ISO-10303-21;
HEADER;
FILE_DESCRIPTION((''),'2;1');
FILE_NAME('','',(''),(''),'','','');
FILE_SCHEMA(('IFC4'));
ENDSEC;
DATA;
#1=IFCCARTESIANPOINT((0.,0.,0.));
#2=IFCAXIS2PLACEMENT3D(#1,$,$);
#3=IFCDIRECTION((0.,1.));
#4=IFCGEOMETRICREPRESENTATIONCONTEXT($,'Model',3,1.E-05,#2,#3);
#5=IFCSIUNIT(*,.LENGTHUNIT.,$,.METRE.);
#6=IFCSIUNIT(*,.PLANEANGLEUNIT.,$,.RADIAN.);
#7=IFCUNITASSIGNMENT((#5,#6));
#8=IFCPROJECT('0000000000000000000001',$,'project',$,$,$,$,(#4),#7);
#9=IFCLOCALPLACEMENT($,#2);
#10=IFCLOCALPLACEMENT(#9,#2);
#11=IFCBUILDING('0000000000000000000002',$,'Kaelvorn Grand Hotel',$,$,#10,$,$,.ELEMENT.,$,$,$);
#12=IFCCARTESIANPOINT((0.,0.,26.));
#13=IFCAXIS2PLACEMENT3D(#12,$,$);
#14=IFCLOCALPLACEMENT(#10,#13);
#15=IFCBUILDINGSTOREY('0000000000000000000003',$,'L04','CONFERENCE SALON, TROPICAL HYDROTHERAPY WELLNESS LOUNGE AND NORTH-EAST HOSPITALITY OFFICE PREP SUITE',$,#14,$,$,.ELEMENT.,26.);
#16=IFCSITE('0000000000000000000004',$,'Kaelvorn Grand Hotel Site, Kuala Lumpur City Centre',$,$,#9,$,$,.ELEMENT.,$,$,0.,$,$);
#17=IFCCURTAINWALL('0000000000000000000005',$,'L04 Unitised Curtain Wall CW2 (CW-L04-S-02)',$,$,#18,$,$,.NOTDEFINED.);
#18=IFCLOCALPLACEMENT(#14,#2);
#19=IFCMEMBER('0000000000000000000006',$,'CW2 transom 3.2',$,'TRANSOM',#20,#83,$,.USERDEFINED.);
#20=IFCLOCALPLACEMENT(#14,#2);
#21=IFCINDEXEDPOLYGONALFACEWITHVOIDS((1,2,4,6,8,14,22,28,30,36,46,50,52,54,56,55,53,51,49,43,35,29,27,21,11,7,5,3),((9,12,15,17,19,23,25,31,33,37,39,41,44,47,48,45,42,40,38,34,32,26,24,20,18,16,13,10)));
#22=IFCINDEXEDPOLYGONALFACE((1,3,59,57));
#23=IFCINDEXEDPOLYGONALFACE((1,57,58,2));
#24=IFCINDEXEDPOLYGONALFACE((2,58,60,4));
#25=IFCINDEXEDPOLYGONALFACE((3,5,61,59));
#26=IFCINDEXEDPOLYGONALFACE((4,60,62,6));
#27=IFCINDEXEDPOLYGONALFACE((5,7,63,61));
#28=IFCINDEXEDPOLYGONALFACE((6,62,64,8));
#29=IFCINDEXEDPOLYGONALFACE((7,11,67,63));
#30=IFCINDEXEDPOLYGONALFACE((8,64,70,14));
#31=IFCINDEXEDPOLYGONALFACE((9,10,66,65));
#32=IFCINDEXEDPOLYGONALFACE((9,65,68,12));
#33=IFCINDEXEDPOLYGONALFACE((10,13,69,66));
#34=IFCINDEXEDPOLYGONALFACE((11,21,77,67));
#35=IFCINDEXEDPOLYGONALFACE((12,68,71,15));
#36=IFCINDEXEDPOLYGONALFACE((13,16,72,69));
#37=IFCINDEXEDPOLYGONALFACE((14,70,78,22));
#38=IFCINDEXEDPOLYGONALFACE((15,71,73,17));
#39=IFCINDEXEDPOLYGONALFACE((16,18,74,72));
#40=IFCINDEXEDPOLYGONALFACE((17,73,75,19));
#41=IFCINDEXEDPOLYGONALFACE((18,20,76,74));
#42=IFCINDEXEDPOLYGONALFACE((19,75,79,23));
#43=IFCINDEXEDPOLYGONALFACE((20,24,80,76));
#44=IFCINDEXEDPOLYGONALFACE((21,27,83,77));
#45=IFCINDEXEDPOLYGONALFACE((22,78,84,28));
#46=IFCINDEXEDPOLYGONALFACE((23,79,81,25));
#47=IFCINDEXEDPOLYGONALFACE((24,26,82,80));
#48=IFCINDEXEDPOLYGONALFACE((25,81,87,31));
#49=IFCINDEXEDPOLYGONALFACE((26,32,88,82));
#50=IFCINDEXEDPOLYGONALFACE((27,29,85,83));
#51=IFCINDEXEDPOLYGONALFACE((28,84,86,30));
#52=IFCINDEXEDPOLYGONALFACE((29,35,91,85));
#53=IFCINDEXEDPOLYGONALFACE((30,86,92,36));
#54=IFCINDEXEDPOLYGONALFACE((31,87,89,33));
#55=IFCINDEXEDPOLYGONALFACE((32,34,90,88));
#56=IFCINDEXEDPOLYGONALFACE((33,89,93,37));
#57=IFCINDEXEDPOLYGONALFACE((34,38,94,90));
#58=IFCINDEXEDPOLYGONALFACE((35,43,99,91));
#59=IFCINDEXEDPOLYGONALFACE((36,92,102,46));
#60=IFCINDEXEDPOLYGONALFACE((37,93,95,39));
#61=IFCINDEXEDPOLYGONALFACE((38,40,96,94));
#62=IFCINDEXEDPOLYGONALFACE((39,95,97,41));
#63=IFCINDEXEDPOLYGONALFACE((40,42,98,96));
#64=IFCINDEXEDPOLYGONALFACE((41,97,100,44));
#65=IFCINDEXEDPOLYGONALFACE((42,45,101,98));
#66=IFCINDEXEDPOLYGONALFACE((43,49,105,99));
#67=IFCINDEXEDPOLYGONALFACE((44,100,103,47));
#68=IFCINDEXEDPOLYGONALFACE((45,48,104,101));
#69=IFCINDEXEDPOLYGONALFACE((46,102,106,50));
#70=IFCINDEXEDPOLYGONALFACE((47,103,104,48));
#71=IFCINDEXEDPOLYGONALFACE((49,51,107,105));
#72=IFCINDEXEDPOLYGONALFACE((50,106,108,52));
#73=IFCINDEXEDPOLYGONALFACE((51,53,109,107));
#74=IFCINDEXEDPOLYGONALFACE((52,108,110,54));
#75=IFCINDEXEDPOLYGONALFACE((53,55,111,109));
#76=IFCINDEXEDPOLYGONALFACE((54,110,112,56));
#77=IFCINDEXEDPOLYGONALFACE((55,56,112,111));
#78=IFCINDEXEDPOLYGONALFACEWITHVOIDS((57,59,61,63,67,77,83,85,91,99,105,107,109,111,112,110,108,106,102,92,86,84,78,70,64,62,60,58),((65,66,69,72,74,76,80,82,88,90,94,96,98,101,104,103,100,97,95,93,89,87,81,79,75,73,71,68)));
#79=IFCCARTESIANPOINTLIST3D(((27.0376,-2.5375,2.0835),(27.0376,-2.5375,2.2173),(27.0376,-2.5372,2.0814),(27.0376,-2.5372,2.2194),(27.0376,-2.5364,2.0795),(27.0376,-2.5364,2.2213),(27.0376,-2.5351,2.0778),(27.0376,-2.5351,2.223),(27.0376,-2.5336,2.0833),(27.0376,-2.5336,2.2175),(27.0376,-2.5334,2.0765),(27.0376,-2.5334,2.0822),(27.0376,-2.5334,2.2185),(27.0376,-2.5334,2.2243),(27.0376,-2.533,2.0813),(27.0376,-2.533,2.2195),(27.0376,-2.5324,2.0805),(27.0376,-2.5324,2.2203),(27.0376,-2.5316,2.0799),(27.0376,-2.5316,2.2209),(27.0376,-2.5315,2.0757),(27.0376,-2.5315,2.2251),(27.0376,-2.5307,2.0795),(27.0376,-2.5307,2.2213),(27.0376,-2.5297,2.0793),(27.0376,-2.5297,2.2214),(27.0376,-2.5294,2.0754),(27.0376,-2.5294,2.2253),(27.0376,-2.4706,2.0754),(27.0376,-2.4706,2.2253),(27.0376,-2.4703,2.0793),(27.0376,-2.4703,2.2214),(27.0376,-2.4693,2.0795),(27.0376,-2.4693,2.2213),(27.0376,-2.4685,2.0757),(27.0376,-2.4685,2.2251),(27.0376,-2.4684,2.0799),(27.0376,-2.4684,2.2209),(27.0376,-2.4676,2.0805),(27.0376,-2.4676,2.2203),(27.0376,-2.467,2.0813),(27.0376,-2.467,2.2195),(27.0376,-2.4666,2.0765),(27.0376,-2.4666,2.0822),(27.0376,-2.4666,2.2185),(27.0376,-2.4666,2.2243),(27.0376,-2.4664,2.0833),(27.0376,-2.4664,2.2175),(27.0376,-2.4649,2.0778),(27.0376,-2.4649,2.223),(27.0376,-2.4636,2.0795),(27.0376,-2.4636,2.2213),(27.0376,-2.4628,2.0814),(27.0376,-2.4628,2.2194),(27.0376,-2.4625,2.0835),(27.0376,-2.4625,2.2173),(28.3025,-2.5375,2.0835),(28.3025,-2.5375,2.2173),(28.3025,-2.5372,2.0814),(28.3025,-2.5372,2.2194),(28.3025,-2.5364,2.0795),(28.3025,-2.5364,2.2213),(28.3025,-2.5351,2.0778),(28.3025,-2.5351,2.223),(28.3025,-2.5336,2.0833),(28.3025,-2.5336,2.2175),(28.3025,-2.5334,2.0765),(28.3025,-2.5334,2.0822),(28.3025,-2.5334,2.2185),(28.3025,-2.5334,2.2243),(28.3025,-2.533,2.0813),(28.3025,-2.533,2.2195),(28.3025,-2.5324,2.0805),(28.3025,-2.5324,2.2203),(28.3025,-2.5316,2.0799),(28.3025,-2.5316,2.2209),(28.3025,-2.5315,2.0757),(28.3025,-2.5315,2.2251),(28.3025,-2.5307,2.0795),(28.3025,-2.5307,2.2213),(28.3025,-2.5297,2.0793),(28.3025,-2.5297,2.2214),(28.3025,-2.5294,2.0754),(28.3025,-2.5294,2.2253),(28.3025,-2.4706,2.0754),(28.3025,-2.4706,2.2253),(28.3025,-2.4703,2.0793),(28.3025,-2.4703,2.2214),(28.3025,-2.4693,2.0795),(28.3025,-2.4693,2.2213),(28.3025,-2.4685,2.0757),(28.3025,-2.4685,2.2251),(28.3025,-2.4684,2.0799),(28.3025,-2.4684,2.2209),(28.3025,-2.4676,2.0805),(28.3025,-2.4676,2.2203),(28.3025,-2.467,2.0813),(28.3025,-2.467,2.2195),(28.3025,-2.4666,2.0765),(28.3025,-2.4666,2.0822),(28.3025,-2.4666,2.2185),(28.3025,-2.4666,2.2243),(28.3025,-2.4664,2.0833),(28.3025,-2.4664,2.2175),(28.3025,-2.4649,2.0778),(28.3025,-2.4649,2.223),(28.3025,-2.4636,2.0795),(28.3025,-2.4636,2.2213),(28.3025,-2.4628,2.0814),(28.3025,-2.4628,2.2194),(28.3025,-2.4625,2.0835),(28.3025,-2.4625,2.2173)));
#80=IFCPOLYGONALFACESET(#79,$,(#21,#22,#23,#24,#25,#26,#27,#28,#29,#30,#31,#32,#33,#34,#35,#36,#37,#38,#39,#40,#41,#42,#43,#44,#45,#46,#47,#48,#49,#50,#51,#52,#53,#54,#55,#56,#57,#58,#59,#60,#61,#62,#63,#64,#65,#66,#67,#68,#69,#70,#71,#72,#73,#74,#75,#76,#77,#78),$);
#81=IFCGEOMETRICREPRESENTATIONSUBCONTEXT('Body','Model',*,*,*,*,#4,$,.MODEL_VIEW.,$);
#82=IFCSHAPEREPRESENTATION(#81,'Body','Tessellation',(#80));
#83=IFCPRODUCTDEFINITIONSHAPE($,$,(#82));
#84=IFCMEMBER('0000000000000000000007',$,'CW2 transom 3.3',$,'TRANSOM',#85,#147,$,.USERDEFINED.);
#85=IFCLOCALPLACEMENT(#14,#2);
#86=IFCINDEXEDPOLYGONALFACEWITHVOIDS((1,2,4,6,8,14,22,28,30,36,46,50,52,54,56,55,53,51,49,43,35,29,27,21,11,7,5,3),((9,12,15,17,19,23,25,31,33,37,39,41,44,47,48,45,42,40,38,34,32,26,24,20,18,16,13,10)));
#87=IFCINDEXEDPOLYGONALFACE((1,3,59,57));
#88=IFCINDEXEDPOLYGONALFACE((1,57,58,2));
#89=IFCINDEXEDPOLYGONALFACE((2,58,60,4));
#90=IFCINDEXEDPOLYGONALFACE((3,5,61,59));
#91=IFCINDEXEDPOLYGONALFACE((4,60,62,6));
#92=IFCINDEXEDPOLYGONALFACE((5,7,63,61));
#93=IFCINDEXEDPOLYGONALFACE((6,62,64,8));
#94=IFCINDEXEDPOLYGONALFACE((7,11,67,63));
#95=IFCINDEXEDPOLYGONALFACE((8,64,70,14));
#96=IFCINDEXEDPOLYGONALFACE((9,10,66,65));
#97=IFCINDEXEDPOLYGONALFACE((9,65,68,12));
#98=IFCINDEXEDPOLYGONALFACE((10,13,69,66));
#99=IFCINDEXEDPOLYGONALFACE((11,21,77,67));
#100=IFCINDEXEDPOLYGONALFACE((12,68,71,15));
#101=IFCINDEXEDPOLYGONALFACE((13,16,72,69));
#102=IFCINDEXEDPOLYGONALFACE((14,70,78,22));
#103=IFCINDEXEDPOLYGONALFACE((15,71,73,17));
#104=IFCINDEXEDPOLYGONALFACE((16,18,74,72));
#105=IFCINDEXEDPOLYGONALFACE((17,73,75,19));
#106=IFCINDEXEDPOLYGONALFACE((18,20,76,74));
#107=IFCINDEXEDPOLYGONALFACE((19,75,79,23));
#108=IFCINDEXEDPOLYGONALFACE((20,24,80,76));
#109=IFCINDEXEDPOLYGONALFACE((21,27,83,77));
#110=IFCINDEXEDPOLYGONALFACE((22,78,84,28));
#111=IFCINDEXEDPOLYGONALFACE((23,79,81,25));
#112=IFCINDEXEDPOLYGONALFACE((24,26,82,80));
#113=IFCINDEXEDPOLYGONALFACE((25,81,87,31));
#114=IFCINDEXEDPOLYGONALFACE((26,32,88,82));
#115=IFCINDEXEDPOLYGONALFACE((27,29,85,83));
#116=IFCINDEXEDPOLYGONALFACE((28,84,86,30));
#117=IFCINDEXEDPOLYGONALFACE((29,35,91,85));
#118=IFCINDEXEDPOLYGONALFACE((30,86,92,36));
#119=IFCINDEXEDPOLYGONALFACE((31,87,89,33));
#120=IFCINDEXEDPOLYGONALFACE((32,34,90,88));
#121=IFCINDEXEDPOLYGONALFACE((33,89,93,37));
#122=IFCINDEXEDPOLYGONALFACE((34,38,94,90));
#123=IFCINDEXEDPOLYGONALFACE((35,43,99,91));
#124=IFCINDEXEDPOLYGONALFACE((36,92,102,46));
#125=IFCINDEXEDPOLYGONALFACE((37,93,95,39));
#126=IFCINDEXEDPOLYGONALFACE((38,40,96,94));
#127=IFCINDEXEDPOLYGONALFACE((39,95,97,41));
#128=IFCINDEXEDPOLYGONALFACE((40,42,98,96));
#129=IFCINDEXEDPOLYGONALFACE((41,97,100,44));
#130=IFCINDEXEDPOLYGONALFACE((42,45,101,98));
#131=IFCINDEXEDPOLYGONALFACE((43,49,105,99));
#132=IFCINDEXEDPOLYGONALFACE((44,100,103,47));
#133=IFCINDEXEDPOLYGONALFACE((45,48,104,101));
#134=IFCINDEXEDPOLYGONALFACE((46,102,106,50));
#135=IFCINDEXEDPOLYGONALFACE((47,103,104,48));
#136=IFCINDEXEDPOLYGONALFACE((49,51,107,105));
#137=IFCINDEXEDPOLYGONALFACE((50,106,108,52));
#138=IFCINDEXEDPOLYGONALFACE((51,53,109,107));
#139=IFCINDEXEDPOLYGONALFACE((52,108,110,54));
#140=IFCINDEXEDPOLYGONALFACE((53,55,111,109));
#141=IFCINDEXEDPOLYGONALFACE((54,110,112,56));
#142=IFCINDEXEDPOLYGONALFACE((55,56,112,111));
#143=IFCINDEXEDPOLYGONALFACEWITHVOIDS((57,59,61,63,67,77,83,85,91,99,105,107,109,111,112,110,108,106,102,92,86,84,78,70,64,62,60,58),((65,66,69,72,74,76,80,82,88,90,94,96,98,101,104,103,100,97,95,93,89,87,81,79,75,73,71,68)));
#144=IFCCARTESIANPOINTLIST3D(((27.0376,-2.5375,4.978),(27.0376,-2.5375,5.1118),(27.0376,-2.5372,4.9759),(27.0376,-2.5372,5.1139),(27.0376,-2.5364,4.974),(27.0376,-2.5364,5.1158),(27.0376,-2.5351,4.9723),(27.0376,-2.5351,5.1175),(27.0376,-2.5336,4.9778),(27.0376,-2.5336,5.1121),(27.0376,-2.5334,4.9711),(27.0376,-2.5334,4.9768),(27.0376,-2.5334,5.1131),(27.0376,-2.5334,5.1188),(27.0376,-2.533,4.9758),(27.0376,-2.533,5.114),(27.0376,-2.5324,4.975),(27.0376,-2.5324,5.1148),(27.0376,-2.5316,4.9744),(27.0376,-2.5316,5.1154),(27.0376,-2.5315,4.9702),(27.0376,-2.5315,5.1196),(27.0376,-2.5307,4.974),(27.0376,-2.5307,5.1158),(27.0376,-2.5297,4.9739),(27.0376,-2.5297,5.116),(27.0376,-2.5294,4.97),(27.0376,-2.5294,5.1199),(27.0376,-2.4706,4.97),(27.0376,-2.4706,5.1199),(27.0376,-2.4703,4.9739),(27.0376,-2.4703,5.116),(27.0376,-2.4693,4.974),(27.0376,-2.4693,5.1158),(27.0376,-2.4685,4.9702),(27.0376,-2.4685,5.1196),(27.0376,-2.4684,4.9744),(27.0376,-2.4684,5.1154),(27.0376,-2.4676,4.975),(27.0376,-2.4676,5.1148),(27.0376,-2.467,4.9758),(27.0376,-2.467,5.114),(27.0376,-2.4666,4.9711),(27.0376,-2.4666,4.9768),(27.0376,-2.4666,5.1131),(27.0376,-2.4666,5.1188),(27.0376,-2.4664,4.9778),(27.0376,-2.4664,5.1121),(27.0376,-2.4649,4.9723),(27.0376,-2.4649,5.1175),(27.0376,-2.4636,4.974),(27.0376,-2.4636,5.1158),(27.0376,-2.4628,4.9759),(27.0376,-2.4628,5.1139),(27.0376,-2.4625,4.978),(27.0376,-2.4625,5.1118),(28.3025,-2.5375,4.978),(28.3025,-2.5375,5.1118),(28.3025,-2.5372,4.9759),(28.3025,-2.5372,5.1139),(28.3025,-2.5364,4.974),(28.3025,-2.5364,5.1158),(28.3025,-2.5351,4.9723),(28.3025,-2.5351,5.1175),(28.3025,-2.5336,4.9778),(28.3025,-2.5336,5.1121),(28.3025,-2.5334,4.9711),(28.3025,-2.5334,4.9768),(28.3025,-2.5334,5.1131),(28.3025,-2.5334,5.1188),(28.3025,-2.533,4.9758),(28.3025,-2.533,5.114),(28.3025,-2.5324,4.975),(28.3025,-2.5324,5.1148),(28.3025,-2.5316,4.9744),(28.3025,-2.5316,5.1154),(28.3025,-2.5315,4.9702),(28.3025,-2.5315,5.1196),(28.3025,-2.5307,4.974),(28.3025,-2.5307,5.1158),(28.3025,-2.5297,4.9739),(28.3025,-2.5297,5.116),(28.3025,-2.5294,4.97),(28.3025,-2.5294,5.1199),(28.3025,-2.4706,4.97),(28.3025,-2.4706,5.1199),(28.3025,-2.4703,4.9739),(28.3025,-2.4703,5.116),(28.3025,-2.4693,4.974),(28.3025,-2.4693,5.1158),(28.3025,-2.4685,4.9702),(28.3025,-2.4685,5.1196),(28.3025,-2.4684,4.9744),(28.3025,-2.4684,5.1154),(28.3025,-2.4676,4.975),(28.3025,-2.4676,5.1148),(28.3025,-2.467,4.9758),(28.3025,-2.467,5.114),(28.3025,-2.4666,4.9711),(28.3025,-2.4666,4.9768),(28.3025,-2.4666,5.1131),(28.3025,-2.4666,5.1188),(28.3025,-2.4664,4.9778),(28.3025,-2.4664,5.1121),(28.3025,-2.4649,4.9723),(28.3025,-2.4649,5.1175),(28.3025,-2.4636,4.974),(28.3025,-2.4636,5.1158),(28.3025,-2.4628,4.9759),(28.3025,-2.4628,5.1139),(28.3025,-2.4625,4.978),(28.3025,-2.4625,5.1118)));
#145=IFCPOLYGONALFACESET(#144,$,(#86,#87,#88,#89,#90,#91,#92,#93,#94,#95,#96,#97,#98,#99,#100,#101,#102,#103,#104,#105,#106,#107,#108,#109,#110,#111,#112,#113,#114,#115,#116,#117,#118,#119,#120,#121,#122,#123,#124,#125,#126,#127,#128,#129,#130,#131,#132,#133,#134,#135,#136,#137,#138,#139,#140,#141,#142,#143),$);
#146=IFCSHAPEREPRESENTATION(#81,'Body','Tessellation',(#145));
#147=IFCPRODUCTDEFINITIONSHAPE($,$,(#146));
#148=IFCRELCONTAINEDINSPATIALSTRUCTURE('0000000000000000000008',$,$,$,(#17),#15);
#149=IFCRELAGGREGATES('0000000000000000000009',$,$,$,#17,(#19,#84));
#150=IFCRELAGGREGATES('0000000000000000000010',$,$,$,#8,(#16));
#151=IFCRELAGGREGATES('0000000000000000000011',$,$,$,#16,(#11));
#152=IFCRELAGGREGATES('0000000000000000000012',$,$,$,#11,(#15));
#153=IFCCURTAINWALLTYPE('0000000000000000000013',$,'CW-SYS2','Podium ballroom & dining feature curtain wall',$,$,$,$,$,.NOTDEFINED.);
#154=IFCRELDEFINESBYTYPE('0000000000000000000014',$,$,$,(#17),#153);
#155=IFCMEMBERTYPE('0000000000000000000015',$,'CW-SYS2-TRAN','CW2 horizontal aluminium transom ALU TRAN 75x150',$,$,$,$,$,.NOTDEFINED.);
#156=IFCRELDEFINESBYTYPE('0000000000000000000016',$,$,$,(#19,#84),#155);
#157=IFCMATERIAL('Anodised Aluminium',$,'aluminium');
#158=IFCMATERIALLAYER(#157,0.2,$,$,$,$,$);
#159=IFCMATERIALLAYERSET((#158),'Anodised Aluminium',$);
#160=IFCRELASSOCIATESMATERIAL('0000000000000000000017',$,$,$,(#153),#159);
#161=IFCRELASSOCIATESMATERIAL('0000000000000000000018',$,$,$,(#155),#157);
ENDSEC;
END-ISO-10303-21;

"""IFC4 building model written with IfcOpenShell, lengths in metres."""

from ifc_helpers import new_model, si_unit, direction, frame, origin, origin_2d, place, context, subcontext, project, spatial, hollow_rectangle, extrude, material, layer, layer_set, material_profile, profile_set, type_object, element, aggregate, save


model = new_model("IFC4")

# Units and contexts
model_context = context("Model", 3, precision=1e-05, world=origin(), true_north=direction((0.0, 1.0)))
body_context = subcontext(model_context, "Body", "Model", "MODEL_VIEW")
ifc_project = project(units=[si_unit("LENGTHUNIT", "METRE"), si_unit("PLANEANGLEUNIT", "RADIAN")], contexts=[model_context])

# Site, building, storey
site_placement = place(None, origin())
site = spatial("IfcSite", under=ifc_project, at=site_placement, Name="Kaelvorn Grand Hotel Site, Kuala Lumpur City Centre", CompositionType="ELEMENT", RefElevation=0.0)
building_placement = place(site_placement, origin())
building = spatial("IfcBuilding", under=site, at=building_placement, Name="Kaelvorn Grand Hotel", CompositionType="ELEMENT")
storey_placement = place(building_placement, frame((0.0, 0.0, 26.0)))
storey = spatial("IfcBuildingStorey", under=building, at=storey_placement, Name="L04", Description="CONFERENCE SALON, TROPICAL HYDROTHERAPY WELLNESS LOUNGE AND NORTH-EAST HOSPITALITY OFFICE PREP SUITE", CompositionType="ELEMENT", Elevation=26.0)

# Curtain wall
ifc_material_1 = material(Name="Anodised Aluminium", Category="aluminium")
ifc_layer_1 = layer(ifc_material_1, 0.2)
ifc_layer_set_1 = layer_set([ifc_layer_1], Name="Anodised Aluminium")
curtain_wall_type = type_object("IfcCurtainWallType", Name="CW-SYS2", Description="Podium ballroom & dining feature curtain wall", PredefinedType="NOTDEFINED", material=ifc_layer_set_1)
curtain_wall_1_placement = place(storey_placement, origin())
curtain_wall_1 = element("IfcCurtainWall", 1, at=curtain_wall_1_placement, inside=storey, type_object=curtain_wall_type, Name="L04 Unitised Curtain Wall CW2 (CW-L04-S-02)", PredefinedType="NOTDEFINED")

# Members
ifc_material_profile_1 = material_profile(ifc_material_1, hollow_rectangle(XDim=0.075, YDim=0.1499, WallThickness=0.0039, InnerFilletRadius=0.0039, OuterFilletRadius=0.0081, at=origin_2d()), Name="ALU TRAN 75x150")
ifc_profile_set_1 = profile_set([ifc_material_profile_1], Name="Anodised Aluminium")
member_type_1 = type_object("IfcMemberType", Name="CW-SYS2-TRAN", Description="CW2 horizontal aluminium transom ALU TRAN 75x150", PredefinedType="NOTDEFINED", material=ifc_profile_set_1)
member_1_placement = place(storey_placement, frame((27.0376, -2.5, 2.1504), z_axis=(1.0, 0.0, 0.0), x_axis=(0.0, 1.0, 0.0)))
member_1 = element("IfcMember", 2, at=member_1_placement, type_object=member_type_1, Name="CW2 transom 3.2", ObjectType="TRANSOM", PredefinedType="USERDEFINED", context=body_context, shape_type="SweptSolid", body=[
    extrude(hollow_rectangle(XDim=0.075, YDim=0.1499, WallThickness=0.0039, InnerFilletRadius=0.0039, OuterFilletRadius=0.0081, at=origin_2d()), origin(), (0.0, 0.0, 1.0), 1.2649),
])
member_2_placement = place(storey_placement, frame((27.0376, -2.5, 5.0449), z_axis=(1.0, 0.0, 0.0), x_axis=(0.0, 1.0, 0.0)))
member_2 = element("IfcMember", 3, at=member_2_placement, type_object=member_type_1, Name="CW2 transom 3.3", ObjectType="TRANSOM", PredefinedType="USERDEFINED", context=body_context, shape_type="SweptSolid", body=[
    extrude(hollow_rectangle(XDim=0.075, YDim=0.1499, WallThickness=0.0039, InnerFilletRadius=0.0039, OuterFilletRadius=0.0081, at=origin_2d()), origin(), (0.0, 0.0, 1.0), 1.2649),
])

aggregate(curtain_wall_1, [member_1, member_2])

save(model, "model.ifc")
